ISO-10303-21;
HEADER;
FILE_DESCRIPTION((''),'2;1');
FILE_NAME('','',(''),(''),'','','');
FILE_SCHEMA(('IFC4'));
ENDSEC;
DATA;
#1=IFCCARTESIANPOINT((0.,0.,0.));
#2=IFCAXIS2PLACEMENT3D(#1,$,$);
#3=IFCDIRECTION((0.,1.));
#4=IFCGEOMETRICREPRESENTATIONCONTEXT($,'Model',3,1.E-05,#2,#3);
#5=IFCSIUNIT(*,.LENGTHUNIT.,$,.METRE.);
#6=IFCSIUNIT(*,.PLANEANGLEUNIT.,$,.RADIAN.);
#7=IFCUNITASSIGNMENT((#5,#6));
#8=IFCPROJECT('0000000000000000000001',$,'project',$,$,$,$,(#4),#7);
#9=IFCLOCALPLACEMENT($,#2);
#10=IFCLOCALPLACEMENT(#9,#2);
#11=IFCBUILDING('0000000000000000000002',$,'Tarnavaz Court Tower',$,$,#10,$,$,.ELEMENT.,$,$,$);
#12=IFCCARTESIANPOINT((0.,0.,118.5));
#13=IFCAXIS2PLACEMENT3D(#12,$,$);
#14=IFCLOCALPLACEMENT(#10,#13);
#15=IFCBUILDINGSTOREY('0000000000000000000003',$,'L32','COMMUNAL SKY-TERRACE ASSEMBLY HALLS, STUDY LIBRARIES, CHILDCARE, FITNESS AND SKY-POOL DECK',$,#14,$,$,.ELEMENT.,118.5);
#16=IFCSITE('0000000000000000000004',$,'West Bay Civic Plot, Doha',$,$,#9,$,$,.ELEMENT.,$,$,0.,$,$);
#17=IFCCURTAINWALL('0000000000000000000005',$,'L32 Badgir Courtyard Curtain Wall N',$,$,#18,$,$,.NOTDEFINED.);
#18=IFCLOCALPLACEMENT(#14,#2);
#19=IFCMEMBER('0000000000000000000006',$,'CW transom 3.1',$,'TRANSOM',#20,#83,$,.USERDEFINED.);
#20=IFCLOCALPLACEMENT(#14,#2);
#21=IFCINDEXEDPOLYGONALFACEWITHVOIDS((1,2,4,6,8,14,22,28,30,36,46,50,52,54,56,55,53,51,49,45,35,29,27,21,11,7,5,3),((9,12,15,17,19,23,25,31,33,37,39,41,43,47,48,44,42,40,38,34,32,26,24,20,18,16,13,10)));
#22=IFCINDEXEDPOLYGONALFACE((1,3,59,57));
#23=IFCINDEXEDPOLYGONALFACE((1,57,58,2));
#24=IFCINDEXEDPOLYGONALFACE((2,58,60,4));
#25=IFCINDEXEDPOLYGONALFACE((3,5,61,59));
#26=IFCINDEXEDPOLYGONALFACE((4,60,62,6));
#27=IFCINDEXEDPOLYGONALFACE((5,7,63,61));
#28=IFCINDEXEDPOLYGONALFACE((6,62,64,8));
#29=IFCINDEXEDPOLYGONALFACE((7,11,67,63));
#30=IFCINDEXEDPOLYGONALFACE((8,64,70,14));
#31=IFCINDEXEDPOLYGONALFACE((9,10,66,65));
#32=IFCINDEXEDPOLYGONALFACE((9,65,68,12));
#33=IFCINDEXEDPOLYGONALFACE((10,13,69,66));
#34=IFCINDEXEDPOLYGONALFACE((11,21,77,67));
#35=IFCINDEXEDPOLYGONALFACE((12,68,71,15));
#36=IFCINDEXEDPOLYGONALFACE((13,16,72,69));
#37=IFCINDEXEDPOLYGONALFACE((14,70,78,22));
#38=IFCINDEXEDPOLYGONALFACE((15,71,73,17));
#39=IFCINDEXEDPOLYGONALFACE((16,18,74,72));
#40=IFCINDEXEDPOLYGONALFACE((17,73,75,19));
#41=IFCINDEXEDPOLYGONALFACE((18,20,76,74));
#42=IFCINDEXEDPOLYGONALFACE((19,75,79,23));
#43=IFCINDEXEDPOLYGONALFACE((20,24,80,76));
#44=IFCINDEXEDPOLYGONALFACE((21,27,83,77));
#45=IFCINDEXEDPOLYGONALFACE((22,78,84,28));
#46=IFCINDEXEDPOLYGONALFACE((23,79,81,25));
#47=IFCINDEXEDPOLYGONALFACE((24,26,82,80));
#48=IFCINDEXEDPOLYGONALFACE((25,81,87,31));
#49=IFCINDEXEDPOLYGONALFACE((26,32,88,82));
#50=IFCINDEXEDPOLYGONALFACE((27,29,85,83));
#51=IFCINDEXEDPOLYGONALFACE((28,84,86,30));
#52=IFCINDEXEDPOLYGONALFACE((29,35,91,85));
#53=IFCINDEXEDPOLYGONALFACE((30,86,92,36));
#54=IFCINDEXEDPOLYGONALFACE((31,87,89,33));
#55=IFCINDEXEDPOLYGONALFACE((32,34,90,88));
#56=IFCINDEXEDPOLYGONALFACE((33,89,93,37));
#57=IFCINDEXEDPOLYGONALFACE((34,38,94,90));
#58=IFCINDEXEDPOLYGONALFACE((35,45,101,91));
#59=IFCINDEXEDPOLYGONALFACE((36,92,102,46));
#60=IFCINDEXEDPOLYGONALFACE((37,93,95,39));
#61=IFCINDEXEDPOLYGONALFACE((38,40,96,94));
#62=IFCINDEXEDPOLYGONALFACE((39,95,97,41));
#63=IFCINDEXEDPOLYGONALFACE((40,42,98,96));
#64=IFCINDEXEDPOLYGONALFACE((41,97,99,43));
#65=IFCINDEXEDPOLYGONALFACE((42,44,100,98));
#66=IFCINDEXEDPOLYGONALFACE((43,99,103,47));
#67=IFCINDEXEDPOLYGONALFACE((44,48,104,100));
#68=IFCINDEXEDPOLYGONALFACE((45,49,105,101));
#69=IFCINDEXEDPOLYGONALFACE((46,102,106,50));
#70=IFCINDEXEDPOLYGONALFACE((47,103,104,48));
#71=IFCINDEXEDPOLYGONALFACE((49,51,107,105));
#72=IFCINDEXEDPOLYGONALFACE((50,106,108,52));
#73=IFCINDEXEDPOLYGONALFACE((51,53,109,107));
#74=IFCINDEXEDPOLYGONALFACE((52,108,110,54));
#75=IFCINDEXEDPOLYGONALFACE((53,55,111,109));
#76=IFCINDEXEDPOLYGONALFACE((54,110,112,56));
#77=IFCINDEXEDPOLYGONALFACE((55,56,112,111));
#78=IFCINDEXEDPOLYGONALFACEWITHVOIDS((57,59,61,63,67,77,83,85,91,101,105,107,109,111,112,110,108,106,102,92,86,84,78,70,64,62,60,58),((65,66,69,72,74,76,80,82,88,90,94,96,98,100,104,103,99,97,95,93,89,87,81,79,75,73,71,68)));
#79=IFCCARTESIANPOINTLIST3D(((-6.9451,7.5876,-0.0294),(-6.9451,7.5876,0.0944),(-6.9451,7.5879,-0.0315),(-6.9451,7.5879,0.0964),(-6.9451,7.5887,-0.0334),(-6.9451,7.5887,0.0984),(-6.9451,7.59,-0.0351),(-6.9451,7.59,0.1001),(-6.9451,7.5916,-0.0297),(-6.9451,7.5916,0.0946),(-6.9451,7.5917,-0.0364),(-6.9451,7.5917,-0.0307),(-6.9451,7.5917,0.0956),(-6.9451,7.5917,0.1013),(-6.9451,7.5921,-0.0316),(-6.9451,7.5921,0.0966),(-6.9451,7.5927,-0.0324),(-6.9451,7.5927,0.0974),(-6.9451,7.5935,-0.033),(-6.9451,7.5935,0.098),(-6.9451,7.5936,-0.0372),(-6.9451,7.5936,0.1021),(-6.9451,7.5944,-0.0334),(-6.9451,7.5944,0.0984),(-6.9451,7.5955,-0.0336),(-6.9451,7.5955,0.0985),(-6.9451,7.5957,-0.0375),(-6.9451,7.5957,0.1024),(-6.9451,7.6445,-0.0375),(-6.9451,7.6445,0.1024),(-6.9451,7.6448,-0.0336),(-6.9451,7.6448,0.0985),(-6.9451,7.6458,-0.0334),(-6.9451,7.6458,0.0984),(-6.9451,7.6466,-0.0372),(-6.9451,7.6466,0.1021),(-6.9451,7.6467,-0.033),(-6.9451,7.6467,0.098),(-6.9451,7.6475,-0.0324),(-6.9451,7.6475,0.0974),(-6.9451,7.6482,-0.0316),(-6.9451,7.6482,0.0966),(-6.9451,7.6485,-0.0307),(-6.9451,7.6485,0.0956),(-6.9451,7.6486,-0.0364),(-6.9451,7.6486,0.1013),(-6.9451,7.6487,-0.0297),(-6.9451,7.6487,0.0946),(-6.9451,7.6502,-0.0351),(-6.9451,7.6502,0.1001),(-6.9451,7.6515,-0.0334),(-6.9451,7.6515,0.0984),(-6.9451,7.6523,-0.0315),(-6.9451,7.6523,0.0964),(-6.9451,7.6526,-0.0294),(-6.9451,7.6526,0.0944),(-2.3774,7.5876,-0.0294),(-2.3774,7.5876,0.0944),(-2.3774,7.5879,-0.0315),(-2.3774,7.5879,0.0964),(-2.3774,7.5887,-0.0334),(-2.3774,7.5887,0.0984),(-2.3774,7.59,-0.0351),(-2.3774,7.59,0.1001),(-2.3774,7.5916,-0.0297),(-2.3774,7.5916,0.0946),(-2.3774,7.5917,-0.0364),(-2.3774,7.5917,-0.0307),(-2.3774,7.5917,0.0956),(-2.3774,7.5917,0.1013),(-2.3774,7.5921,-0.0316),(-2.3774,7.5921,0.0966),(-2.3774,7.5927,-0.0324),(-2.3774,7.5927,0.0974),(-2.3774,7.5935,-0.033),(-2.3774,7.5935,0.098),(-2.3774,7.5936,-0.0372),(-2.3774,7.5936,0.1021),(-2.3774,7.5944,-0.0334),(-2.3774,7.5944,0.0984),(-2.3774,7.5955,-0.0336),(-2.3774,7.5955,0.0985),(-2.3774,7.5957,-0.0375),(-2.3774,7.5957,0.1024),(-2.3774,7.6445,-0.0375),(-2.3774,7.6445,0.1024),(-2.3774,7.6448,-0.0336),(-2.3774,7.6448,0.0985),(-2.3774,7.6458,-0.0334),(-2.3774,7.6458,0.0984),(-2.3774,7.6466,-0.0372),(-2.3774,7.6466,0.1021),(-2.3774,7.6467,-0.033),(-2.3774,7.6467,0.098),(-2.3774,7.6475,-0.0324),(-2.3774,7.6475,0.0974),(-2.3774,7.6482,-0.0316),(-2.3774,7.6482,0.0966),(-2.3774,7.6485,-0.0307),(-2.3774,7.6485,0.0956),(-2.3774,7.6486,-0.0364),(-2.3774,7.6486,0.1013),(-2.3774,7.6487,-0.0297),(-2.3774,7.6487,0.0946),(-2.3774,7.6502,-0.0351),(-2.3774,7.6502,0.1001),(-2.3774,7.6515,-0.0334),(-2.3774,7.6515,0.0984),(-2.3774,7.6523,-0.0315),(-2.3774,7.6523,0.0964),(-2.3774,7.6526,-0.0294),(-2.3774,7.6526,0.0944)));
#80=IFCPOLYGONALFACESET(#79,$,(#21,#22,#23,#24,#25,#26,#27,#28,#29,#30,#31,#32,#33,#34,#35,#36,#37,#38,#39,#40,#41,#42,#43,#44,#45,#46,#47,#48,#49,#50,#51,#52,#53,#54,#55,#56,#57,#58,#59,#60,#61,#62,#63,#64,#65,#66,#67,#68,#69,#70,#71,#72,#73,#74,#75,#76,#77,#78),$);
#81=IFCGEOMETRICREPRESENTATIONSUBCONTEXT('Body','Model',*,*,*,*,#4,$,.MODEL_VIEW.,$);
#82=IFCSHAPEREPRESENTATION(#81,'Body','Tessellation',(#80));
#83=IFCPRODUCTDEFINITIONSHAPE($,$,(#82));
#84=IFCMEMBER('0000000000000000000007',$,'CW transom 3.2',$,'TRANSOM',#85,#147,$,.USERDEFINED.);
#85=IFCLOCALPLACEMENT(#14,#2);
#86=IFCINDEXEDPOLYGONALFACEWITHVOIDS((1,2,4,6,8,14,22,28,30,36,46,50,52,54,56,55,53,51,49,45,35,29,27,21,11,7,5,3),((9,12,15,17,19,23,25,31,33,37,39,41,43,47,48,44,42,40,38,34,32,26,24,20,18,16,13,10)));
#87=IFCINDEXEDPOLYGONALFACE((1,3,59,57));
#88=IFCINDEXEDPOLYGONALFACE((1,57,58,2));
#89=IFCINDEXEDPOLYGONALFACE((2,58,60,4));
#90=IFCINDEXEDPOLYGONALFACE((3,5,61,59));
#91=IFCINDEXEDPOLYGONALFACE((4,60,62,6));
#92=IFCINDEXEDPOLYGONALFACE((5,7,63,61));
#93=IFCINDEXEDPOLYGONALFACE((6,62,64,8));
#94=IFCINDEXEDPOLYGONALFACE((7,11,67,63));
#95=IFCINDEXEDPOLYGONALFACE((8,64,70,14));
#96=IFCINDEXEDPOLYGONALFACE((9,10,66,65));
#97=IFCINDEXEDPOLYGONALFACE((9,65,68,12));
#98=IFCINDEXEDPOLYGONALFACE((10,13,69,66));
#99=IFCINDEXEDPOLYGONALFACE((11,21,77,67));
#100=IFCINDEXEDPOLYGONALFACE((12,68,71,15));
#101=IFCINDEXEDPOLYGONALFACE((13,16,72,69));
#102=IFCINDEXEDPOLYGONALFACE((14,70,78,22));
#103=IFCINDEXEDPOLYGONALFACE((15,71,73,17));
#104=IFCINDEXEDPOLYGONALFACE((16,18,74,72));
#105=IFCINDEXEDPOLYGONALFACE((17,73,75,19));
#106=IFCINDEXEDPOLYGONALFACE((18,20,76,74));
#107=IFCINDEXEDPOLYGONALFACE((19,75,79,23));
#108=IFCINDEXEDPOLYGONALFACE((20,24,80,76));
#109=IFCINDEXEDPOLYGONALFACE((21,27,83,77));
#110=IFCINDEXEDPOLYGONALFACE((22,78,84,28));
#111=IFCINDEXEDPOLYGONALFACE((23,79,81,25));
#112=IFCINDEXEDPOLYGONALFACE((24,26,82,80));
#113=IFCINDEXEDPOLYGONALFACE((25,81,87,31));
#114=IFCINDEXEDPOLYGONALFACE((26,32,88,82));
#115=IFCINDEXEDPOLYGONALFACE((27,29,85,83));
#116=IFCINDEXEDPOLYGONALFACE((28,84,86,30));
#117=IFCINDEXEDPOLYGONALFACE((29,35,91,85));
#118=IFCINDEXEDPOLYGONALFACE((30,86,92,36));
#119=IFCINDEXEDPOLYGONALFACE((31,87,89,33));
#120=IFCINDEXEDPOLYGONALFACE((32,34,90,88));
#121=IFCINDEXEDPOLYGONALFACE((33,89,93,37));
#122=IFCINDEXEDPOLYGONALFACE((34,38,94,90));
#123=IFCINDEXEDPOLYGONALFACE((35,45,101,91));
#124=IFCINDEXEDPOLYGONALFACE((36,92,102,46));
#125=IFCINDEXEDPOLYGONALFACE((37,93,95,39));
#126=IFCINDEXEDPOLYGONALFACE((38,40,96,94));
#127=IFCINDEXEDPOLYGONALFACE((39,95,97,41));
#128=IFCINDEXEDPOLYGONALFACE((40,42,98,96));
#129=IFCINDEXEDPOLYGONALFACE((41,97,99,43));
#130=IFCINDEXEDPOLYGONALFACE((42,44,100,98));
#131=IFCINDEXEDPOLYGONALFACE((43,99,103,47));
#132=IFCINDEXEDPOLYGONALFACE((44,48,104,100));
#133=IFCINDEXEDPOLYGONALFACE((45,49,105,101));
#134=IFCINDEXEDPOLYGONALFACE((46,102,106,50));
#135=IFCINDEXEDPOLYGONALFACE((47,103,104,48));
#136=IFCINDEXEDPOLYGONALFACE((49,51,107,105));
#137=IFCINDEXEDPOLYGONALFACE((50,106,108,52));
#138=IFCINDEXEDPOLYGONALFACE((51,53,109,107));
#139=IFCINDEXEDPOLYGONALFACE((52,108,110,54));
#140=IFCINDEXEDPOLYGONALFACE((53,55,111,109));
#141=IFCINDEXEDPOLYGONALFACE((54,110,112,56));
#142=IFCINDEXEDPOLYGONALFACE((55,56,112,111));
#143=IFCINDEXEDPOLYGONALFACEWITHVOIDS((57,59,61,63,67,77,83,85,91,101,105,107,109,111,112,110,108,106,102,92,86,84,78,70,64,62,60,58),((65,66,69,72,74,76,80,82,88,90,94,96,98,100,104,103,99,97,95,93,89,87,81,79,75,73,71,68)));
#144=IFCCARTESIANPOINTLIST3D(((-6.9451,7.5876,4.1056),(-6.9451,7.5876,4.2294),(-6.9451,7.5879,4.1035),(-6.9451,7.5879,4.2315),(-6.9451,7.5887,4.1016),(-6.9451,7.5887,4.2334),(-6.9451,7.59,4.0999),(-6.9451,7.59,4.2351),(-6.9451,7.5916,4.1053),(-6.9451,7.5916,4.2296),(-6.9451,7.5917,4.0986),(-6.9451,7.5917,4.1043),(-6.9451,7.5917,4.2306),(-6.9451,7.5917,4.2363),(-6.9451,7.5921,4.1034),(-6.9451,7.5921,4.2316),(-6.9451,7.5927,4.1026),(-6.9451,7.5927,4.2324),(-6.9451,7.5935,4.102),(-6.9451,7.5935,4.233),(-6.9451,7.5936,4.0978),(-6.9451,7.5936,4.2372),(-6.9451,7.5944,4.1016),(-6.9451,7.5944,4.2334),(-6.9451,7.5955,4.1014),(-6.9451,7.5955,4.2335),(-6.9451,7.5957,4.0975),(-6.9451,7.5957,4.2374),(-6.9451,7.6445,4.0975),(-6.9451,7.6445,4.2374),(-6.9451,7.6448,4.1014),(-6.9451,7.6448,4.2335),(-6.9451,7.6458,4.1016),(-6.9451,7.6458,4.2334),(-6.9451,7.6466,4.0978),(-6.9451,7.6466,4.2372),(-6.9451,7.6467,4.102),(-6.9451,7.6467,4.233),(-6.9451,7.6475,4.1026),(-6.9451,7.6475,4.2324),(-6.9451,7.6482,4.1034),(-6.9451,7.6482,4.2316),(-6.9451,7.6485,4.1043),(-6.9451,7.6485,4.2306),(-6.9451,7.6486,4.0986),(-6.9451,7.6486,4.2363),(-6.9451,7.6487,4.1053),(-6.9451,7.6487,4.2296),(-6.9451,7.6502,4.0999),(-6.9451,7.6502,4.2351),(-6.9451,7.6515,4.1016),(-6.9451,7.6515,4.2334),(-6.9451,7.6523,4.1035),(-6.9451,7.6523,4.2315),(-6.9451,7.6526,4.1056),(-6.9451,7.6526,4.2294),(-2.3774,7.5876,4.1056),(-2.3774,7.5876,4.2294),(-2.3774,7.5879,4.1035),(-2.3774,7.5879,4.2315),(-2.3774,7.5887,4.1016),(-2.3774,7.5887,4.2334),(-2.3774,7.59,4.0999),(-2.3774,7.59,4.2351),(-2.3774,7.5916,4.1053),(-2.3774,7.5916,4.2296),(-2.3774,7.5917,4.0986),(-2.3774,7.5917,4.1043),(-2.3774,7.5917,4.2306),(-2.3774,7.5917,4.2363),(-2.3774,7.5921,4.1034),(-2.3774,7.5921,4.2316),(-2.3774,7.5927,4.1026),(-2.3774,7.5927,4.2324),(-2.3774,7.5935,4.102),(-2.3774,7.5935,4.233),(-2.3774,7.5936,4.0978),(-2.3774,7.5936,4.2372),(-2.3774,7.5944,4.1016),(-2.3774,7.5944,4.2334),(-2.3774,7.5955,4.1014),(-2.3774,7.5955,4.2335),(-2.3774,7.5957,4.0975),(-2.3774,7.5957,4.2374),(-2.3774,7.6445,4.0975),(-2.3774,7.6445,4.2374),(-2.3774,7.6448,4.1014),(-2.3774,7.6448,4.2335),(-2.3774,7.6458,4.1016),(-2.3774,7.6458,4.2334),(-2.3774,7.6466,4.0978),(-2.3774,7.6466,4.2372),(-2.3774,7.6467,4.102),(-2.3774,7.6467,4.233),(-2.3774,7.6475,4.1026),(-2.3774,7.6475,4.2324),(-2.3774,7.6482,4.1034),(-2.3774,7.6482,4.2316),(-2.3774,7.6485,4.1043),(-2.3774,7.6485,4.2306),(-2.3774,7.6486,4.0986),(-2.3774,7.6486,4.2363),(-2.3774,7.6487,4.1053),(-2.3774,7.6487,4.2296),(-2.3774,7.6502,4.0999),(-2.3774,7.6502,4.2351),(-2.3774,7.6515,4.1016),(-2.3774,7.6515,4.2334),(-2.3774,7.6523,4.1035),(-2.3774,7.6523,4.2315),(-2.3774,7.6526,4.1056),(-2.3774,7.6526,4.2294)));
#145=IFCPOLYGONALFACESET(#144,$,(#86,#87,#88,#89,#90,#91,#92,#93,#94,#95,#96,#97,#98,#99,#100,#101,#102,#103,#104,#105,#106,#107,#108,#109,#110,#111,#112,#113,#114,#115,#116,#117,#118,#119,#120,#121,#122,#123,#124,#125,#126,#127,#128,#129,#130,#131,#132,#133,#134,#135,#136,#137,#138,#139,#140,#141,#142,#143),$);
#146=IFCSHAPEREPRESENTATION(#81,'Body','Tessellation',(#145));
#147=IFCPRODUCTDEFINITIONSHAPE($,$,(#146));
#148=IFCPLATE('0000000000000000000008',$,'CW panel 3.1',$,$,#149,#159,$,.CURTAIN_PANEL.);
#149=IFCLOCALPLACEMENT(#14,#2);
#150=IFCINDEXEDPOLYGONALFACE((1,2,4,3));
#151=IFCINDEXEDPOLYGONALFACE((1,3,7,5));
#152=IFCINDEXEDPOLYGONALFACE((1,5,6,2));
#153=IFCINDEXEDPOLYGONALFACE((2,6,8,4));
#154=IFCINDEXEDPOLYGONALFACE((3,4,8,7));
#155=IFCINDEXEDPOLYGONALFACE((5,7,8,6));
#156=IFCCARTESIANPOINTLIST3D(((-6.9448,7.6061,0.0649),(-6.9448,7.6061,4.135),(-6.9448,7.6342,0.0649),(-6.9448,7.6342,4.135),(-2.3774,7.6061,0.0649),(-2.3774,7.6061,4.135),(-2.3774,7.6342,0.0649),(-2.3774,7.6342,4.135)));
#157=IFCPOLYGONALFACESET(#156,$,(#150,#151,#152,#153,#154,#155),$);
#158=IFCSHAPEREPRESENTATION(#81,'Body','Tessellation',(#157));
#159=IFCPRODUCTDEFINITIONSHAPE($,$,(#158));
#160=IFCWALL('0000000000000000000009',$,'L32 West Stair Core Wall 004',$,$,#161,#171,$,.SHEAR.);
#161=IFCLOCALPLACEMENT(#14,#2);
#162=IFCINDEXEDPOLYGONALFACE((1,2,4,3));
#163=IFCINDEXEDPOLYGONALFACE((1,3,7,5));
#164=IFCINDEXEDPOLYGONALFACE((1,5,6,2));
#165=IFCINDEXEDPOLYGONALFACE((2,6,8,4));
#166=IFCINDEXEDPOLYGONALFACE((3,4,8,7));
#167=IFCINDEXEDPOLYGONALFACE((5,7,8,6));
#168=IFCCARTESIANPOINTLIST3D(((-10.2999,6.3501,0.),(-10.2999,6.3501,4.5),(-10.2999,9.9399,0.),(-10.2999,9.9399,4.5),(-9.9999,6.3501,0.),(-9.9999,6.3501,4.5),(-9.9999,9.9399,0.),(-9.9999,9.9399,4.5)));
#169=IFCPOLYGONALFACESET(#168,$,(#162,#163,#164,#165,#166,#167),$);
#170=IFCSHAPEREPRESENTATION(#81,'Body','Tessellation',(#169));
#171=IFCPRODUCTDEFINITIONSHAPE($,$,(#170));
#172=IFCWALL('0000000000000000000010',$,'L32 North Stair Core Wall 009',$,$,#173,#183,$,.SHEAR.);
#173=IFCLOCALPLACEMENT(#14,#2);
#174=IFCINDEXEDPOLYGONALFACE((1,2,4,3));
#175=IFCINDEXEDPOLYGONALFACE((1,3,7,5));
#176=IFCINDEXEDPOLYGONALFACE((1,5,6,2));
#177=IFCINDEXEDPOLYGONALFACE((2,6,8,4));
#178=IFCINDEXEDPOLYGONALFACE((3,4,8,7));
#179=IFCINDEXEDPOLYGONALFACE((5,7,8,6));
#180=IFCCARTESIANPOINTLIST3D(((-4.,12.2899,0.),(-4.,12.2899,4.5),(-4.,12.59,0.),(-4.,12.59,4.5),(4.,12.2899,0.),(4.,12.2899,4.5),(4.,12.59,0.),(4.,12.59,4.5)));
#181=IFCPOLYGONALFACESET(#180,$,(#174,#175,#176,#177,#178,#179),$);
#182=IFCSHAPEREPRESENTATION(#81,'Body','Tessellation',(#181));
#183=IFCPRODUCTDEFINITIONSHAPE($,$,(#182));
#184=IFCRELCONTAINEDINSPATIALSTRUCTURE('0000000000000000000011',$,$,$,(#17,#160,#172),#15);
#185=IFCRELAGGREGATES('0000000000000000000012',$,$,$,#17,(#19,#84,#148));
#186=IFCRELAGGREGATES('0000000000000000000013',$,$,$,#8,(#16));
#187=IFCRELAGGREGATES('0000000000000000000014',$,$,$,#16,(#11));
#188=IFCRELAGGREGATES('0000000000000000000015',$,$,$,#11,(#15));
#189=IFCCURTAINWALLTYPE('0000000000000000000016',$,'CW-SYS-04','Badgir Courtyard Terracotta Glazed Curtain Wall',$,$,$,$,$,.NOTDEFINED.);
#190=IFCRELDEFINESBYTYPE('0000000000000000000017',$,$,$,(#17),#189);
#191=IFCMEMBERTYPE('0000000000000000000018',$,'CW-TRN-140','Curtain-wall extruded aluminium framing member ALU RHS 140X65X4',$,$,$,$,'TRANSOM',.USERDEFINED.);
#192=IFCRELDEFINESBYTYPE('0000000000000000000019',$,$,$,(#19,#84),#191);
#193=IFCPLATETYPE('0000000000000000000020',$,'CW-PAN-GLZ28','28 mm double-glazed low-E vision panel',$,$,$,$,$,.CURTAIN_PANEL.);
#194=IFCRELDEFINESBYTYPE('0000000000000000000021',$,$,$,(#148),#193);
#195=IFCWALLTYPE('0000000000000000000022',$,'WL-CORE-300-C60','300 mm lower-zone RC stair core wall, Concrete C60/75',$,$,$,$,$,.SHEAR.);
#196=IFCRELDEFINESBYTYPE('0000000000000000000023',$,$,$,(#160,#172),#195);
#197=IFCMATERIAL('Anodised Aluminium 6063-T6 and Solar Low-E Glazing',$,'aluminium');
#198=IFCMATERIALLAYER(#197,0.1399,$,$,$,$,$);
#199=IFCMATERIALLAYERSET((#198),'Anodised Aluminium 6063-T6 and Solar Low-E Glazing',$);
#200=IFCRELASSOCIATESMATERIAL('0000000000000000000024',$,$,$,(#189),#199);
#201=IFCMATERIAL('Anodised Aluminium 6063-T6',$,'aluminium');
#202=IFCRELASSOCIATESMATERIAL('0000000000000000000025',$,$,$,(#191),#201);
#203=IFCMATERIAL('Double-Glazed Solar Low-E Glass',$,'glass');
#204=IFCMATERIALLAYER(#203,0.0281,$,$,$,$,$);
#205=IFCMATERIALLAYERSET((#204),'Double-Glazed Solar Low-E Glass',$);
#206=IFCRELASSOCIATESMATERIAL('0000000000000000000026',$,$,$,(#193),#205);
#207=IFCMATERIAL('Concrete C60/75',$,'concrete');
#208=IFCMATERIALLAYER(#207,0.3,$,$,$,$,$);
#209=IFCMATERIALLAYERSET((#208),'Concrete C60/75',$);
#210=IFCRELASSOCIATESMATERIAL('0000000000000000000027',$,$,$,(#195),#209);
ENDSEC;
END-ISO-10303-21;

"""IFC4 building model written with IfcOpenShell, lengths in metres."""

from ifc_helpers import new_model, si_unit, direction, frame, frame_2d, origin, origin_2d, place, context, subcontext, project, spatial, rectangle, hollow_rectangle, extrude, material, layer, layer_set, material_profile, profile_set, type_object, element, aggregate, save


model = new_model("IFC4")

# Units and contexts
model_context = context("Model", 3, precision=1e-05, world=origin(), true_north=direction((0.0, 1.0)))
body_context = subcontext(model_context, "Body", "Model", "MODEL_VIEW")
ifc_project = project(units=[si_unit("LENGTHUNIT", "METRE"), si_unit("PLANEANGLEUNIT", "RADIAN")], contexts=[model_context])

# Site, building, storey
site_placement = place(None, origin())
site = spatial("IfcSite", under=ifc_project, at=site_placement, Name="West Bay Civic Plot, Doha", CompositionType="ELEMENT", RefElevation=0.0)
building_placement = place(site_placement, origin())
building = spatial("IfcBuilding", under=site, at=building_placement, Name="Tarnavaz Court Tower", CompositionType="ELEMENT")
storey_placement = place(building_placement, frame((0.0, 0.0, 118.5)))
storey = spatial("IfcBuildingStorey", under=building, at=storey_placement, Name="L32", Description="COMMUNAL SKY-TERRACE ASSEMBLY HALLS, STUDY LIBRARIES, CHILDCARE, FITNESS AND SKY-POOL DECK", CompositionType="ELEMENT", Elevation=118.5)

# Shared definitions
ifc_material_1 = material(Name="Concrete C60/75", Category="concrete")

# Curtain wall, members, plate
ifc_material_2 = material(Name="Anodised Aluminium 6063-T6 and Solar Low-E Glazing", Category="aluminium")
ifc_layer_1 = layer(ifc_material_2, 0.1399)
ifc_layer_set_1 = layer_set([ifc_layer_1], Name="Anodised Aluminium 6063-T6 and Solar Low-E Glazing")
curtain_wall_type = type_object("IfcCurtainWallType", Name="CW-SYS-04", Description="Badgir Courtyard Terracotta Glazed Curtain Wall", PredefinedType="NOTDEFINED", material=ifc_layer_set_1)
curtain_wall_placement = place(storey_placement, origin())
curtain_wall = element("IfcCurtainWall", 1, at=curtain_wall_placement, inside=storey, type_object=curtain_wall_type, Name="L32 Badgir Courtyard Curtain Wall N", PredefinedType="NOTDEFINED")
ifc_material_3 = material(Name="Anodised Aluminium 6063-T6", Category="aluminium")
ifc_material_profile_1 = material_profile(ifc_material_3, hollow_rectangle(XDim=0.0649, YDim=0.1399, WallThickness=0.0039, InnerFilletRadius=0.0039, OuterFilletRadius=0.0081, at=origin_2d()), Name="ALU RHS 140X65X4")
ifc_profile_set_1 = profile_set([ifc_material_profile_1], Name="Anodised Aluminium 6063-T6")
member_type_1 = type_object("IfcMemberType", Name="CW-TRN-140", Description="Curtain-wall extruded aluminium framing member ALU RHS 140X65X4", ElementType="TRANSOM", PredefinedType="USERDEFINED", material=ifc_profile_set_1)
member_1_placement = place(storey_placement, frame((-2.3774, 7.6201, 0.0325), z_axis=(-1.0, 0.0, 0.0), x_axis=(0.0, -1.0, 0.0)))
member_1 = element("IfcMember", 2, at=member_1_placement, type_object=member_type_1, Name="CW transom 3.1", ObjectType="TRANSOM", PredefinedType="USERDEFINED", context=body_context, shape_type="SweptSolid", body=[
    extrude(hollow_rectangle(XDim=0.0649, YDim=0.1399, WallThickness=0.0039, InnerFilletRadius=0.0039, OuterFilletRadius=0.0081, at=origin_2d()), origin(), (0.0, 0.0, 1.0), 4.5676),
])
member_2_placement = place(storey_placement, frame((-2.3774, 7.6201, 4.1675), z_axis=(-1.0, 0.0, 0.0), x_axis=(0.0, -1.0, 0.0)))
member_2 = element("IfcMember", 3, at=member_2_placement, type_object=member_type_1, Name="CW transom 3.2", ObjectType="TRANSOM", PredefinedType="USERDEFINED", context=body_context, shape_type="SweptSolid", body=[
    extrude(hollow_rectangle(XDim=0.0649, YDim=0.1399, WallThickness=0.0039, InnerFilletRadius=0.0039, OuterFilletRadius=0.0081, at=origin_2d()), origin(), (0.0, 0.0, 1.0), 4.5676),
])
ifc_material_4 = material(Name="Double-Glazed Solar Low-E Glass", Category="glass")
ifc_layer_2 = layer(ifc_material_4, 0.0281)
ifc_layer_set_2 = layer_set([ifc_layer_2], Name="Double-Glazed Solar Low-E Glass")
plate_type = type_object("IfcPlateType", Name="CW-PAN-GLZ28", Description="28 mm double-glazed low-E vision panel", PredefinedType="CURTAIN_PANEL", material=ifc_layer_set_2)
plate_placement = place(storey_placement, frame((-4.6611, 7.6201, 0.0649), z_axis=(0.0, 0.0, 1.0), x_axis=(-1.0, 0.0, 0.0)))
plate = element("IfcPlate", 4, at=plate_placement, type_object=plate_type, Name="CW panel 3.1", PredefinedType="CURTAIN_PANEL", context=body_context, shape_type="SweptSolid", body=[
    extrude(rectangle(XDim=4.5674, YDim=0.0281, at=origin_2d()), origin(), (0.0, 0.0, 1.0), 4.0701),
])
aggregate(curtain_wall, [member_1, member_2, plate])

# Walls
ifc_layer_3 = layer(ifc_material_1, 0.3)
ifc_layer_set_3 = layer_set([ifc_layer_3], Name="Concrete C60/75")
wall_type_1 = type_object("IfcWallType", Name="WL-CORE-300-C60", Description="300 mm lower-zone RC stair core wall, Concrete C60/75", PredefinedType="SHEAR", material=ifc_layer_set_3)
wall_1_placement = place(storey_placement, frame((-10.1499, 6.3501, 0.0), z_axis=(0.0, 0.0, 1.0), x_axis=(0.0, 1.0, 0.0)))
element("IfcWall", 5, at=wall_1_placement, inside=storey, type_object=wall_type_1, Name="L32 West Stair Core Wall 004", PredefinedType="SHEAR", context=body_context, shape_type="SweptSolid", body=[
    extrude(rectangle(XDim=3.5898, YDim=0.3, at=frame_2d((1.7949, 0.0))), origin(), (0.0, 0.0, 1.0), 4.5),
])
wall_2_placement = place(storey_placement, frame((-4.0, 12.4399, 0.0), z_axis=(0.0, 0.0, 1.0), x_axis=(1.0, 0.0, 0.0)))
element("IfcWall", 6, at=wall_2_placement, inside=storey, type_object=wall_type_1, Name="L32 North Stair Core Wall 009", PredefinedType="SHEAR", context=body_context, shape_type="SweptSolid", body=[
    extrude(rectangle(XDim=8.0, YDim=0.3, at=frame_2d((4.0, 0.0))), origin(), (0.0, 0.0, 1.0), 4.5),
])

save(model, "model.ifc")
